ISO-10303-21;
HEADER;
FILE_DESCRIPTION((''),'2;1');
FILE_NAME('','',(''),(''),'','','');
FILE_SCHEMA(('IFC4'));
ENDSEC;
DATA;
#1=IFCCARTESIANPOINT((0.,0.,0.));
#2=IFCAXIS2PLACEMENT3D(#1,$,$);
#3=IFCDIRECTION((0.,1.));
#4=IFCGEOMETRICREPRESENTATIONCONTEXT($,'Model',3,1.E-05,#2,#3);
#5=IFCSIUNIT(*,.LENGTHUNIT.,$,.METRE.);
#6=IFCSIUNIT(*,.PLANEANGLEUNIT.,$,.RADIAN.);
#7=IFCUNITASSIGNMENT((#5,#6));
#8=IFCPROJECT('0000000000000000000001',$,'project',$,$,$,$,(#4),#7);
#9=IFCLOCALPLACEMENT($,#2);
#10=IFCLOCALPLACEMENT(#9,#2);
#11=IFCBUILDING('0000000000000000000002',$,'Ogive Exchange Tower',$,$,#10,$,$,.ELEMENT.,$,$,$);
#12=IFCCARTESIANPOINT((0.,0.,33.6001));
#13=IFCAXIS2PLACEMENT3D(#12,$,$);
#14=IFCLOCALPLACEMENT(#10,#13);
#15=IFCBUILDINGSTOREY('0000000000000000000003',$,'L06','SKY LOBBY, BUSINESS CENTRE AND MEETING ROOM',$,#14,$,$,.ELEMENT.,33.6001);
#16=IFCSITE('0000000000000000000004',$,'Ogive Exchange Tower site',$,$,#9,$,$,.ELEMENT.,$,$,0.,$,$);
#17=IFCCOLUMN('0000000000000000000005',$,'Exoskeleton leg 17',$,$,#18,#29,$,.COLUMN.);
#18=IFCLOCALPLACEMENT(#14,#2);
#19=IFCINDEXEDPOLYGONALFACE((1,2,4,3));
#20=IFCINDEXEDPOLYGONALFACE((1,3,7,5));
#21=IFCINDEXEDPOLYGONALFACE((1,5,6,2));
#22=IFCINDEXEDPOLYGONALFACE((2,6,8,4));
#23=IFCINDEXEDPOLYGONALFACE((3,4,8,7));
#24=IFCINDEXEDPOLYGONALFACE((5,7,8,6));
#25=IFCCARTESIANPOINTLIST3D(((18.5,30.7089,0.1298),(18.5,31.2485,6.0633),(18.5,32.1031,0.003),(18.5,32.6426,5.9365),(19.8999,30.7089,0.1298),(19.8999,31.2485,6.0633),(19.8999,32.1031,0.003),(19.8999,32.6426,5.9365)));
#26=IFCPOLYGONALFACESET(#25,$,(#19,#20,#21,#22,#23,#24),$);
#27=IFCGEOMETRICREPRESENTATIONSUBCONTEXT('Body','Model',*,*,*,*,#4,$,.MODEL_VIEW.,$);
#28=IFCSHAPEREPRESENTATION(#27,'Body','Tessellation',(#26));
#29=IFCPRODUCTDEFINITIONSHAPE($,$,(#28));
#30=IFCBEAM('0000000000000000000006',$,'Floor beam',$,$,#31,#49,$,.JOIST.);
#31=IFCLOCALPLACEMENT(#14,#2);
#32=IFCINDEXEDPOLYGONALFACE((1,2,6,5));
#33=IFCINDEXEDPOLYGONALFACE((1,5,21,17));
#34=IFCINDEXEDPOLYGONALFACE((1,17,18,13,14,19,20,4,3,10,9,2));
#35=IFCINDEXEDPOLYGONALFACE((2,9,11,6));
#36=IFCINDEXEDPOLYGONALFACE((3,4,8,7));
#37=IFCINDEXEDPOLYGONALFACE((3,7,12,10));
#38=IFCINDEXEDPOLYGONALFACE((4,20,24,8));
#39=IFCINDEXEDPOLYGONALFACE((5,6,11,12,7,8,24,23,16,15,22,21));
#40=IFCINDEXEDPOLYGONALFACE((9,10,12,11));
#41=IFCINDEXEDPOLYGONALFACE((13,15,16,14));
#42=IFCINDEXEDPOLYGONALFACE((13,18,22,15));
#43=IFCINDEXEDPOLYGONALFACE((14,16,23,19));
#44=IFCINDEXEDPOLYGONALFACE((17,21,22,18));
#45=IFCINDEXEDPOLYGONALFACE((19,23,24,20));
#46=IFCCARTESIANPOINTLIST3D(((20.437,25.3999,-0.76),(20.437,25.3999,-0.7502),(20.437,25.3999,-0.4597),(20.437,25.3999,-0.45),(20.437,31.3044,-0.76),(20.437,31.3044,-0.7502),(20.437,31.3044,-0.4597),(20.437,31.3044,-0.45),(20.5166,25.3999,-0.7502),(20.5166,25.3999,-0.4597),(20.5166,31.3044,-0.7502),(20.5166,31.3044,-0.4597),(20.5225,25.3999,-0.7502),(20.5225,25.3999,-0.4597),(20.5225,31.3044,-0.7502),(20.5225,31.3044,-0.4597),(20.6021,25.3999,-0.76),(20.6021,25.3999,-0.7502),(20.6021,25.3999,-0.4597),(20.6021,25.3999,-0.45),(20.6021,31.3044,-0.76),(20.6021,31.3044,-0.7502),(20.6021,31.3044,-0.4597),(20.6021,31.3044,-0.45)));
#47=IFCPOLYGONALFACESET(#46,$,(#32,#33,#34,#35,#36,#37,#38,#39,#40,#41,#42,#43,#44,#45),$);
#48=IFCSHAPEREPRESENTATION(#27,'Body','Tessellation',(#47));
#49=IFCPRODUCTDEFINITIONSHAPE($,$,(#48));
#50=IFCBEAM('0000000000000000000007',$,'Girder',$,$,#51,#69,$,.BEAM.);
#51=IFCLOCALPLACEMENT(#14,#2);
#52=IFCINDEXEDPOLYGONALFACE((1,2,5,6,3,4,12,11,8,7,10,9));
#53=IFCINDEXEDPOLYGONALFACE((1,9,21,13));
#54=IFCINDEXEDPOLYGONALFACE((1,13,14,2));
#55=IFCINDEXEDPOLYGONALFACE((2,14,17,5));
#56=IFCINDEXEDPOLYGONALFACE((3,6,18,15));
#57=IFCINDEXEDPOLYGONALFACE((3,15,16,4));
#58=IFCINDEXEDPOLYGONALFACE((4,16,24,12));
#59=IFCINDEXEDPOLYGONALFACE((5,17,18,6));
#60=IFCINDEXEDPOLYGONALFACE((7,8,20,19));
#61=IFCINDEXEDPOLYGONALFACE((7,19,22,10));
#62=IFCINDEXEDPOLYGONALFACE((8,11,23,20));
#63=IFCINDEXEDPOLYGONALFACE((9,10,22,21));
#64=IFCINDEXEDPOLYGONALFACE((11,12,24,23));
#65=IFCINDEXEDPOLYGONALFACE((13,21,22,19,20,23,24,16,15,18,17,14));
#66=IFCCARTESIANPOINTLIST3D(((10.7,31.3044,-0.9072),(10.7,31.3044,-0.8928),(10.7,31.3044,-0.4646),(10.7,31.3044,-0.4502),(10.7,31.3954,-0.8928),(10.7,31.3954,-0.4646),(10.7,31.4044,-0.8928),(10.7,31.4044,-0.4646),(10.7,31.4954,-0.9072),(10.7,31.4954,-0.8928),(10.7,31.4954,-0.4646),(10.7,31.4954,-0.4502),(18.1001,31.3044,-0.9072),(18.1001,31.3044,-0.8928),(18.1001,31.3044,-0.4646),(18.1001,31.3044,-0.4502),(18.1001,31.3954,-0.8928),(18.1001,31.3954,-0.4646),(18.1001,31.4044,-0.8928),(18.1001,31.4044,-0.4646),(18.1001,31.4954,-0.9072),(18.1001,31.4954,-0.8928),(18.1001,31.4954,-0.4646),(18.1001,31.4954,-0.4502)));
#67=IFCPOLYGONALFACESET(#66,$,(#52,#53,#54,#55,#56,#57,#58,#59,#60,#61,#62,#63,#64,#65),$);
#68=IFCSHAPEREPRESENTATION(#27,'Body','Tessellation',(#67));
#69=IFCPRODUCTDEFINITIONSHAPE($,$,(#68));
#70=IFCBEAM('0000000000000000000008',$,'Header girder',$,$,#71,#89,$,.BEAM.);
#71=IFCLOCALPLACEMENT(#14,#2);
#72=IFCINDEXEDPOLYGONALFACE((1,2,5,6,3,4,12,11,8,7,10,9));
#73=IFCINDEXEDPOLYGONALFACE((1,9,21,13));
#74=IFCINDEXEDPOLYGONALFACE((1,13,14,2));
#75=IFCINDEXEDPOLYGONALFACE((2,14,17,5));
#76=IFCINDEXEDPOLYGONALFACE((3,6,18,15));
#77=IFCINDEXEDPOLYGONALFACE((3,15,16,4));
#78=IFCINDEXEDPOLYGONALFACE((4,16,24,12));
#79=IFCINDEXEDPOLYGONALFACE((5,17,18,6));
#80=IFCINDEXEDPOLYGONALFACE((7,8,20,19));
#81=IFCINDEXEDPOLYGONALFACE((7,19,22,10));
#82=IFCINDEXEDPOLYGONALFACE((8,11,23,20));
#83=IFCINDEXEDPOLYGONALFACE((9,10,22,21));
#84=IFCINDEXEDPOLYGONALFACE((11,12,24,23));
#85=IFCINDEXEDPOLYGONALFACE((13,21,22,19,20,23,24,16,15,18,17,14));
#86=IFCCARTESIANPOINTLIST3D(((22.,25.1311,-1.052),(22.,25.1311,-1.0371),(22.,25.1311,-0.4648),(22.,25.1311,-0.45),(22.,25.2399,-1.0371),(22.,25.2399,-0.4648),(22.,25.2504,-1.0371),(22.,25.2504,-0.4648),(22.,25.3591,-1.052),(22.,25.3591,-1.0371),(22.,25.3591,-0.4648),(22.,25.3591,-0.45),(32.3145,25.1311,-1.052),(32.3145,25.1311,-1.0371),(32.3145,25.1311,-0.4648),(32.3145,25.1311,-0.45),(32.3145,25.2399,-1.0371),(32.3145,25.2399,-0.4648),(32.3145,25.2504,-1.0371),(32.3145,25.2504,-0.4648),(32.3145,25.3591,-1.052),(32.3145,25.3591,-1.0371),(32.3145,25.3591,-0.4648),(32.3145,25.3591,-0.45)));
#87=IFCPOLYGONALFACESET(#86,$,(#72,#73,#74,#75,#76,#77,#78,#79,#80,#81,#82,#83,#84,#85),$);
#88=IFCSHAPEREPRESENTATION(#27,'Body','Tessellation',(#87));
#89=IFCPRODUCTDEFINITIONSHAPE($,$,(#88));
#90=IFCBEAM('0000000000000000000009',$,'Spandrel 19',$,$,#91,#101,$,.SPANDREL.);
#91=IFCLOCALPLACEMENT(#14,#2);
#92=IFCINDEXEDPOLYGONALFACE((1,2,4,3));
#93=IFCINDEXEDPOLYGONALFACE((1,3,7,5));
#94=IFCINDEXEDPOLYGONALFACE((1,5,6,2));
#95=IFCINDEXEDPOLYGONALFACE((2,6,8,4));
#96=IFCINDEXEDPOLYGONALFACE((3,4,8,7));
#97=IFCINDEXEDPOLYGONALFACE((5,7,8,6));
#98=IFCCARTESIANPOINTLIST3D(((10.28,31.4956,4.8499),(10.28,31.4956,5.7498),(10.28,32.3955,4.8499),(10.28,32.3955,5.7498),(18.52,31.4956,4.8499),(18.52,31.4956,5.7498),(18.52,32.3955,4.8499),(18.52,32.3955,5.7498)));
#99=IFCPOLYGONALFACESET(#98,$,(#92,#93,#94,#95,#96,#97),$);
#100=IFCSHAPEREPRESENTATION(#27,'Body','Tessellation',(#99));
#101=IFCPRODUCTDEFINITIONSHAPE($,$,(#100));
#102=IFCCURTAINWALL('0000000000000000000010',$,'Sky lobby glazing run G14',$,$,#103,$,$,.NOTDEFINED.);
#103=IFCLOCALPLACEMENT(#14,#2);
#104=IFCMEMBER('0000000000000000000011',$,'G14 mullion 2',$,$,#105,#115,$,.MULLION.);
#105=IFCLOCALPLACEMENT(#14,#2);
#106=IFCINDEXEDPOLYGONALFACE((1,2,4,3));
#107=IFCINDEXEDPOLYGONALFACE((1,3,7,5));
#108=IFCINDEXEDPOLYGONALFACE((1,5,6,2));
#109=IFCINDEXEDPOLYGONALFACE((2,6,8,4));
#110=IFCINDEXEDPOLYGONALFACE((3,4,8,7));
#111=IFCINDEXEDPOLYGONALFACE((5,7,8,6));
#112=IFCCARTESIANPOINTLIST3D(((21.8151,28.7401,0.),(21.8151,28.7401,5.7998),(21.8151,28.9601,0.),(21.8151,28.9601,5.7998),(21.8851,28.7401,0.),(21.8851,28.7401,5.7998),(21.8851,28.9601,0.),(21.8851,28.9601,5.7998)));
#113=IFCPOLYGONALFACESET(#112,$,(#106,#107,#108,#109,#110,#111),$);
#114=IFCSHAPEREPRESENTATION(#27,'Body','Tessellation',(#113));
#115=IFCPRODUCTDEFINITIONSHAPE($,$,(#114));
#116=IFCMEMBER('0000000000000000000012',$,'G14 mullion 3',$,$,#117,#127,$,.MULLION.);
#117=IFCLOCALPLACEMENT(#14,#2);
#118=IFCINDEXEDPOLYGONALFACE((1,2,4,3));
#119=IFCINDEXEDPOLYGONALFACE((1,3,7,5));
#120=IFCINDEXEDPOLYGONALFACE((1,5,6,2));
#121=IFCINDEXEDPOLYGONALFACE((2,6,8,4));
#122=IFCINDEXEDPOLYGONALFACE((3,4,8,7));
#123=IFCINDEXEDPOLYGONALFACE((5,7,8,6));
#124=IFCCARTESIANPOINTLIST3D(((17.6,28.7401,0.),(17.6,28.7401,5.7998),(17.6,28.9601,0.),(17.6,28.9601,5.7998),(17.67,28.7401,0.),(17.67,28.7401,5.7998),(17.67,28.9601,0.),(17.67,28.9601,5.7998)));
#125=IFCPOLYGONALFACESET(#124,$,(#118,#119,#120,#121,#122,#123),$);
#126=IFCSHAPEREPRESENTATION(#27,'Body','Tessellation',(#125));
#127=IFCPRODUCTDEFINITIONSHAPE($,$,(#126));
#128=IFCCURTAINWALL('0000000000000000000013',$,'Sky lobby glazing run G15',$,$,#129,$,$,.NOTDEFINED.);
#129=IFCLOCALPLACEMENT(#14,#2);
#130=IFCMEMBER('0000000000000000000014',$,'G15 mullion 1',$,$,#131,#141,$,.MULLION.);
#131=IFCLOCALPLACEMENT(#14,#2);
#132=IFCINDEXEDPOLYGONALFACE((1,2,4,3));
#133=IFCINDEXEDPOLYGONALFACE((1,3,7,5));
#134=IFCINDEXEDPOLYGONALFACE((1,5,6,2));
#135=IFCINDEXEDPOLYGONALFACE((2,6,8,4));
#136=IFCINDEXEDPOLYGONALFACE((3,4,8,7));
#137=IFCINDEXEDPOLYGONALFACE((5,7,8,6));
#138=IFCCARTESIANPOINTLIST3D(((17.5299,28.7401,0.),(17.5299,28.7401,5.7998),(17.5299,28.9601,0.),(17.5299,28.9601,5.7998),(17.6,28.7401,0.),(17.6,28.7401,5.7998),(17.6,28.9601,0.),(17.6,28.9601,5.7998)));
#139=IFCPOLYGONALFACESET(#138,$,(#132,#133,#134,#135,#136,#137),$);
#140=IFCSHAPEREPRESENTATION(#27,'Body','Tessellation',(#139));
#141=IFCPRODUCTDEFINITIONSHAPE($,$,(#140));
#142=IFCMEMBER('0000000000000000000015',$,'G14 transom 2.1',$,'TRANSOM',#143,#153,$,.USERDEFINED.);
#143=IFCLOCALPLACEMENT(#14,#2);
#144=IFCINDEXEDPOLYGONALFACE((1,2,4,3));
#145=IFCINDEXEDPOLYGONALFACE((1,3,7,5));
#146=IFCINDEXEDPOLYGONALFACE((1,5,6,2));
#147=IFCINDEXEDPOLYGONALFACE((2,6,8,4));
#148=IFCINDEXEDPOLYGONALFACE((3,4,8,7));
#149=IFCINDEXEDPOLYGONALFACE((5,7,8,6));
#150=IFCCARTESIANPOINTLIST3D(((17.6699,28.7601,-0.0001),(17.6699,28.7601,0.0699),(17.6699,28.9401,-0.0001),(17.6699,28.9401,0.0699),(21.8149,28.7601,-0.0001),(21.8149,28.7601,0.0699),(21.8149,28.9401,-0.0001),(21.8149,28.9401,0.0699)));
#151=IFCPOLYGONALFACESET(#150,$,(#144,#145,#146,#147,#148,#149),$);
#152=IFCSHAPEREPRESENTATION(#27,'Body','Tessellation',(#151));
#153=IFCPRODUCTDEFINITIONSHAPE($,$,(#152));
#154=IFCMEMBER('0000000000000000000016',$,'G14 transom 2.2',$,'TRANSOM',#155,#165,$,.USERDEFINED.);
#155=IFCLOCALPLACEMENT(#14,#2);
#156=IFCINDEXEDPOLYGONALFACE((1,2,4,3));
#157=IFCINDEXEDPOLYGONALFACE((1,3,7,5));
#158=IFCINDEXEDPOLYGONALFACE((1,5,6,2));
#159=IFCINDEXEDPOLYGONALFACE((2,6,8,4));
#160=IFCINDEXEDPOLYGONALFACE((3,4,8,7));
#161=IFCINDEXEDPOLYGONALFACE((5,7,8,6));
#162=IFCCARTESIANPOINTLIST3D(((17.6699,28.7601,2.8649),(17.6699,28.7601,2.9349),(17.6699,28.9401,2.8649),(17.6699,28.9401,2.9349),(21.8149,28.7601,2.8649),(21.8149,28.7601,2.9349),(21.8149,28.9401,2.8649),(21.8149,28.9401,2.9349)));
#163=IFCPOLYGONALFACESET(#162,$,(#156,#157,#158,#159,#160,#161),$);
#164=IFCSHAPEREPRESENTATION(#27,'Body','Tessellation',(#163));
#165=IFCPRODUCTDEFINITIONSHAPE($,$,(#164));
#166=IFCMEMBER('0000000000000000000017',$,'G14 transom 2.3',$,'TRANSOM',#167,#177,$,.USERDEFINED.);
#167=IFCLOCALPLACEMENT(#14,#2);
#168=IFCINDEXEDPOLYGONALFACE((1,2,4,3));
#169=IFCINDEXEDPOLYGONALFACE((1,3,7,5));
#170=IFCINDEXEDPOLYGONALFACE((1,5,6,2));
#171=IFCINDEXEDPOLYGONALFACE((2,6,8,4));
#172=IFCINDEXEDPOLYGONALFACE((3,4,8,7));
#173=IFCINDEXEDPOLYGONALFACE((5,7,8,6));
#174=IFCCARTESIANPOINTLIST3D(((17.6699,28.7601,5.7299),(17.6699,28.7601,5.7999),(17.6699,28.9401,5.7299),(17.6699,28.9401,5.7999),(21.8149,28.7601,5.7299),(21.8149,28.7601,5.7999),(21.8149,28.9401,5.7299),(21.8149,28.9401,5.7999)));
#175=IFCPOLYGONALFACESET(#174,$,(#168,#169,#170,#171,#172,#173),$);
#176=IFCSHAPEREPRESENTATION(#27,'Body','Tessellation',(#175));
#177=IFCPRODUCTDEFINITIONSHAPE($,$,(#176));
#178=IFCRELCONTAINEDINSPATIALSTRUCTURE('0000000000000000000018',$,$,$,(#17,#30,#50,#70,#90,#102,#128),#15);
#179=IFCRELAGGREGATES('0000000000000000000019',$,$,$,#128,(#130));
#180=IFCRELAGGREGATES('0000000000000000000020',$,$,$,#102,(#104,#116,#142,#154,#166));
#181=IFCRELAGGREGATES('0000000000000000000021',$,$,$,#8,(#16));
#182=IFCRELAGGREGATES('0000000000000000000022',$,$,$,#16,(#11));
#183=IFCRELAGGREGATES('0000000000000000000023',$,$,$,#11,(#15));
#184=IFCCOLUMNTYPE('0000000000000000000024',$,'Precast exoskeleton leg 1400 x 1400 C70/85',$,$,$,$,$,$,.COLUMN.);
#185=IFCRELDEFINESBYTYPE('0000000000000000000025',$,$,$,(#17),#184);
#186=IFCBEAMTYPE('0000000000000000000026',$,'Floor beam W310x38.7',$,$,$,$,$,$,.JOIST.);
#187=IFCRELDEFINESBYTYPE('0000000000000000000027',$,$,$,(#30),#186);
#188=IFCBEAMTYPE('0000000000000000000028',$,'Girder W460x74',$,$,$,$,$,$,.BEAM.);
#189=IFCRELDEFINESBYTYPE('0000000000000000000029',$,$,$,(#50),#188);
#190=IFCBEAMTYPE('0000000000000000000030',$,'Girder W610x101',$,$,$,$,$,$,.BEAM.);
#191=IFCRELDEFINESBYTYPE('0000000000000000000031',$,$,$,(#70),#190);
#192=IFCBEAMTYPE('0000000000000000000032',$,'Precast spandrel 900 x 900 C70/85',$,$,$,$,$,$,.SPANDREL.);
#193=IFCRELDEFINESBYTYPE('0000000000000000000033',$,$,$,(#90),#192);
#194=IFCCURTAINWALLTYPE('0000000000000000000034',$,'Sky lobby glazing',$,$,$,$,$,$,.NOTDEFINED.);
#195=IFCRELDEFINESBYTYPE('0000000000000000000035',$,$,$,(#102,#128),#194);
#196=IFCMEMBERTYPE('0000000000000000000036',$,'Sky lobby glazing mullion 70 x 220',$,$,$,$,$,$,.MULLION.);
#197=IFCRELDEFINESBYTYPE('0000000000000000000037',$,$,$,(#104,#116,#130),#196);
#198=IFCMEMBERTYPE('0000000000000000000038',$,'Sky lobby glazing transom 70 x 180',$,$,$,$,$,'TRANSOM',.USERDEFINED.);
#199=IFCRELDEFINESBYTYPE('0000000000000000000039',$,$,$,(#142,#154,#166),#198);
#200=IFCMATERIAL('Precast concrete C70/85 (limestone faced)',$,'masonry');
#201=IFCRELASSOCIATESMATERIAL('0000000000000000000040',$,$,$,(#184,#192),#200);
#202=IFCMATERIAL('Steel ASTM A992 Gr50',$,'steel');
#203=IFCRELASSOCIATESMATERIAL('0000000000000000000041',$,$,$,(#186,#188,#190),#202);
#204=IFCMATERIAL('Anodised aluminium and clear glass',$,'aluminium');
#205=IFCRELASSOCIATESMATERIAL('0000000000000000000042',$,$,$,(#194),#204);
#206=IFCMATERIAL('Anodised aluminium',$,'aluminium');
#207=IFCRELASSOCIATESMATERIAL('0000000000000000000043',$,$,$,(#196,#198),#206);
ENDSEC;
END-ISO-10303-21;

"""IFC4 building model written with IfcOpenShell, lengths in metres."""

from ifc_helpers import new_model, si_unit, direction, frame, origin, origin_2d, place, context, subcontext, project, spatial, rectangle, i_section, extrude, material, material_profile, profile_set, type_object, element, aggregate, save


model = new_model("IFC4")

# Units and contexts
model_context = context("Model", 3, precision=1e-05, world=origin(), true_north=direction((0.0, 1.0)))
body_context = subcontext(model_context, "Body", "Model", "MODEL_VIEW")
ifc_project = project(units=[si_unit("LENGTHUNIT", "METRE"), si_unit("PLANEANGLEUNIT", "RADIAN")], contexts=[model_context])

# Site, building, storey
site_placement = place(None, origin())
site = spatial("IfcSite", under=ifc_project, at=site_placement, Name="Ogive Exchange Tower site", CompositionType="ELEMENT", RefElevation=0.0)
building_placement = place(site_placement, origin())
building = spatial("IfcBuilding", under=site, at=building_placement, Name="Ogive Exchange Tower", CompositionType="ELEMENT")
storey_placement = place(building_placement, frame((0.0, 0.0, 33.6001)))
storey = spatial("IfcBuildingStorey", under=building, at=storey_placement, Name="L06", Description="SKY LOBBY, BUSINESS CENTRE AND MEETING ROOM", CompositionType="ELEMENT", Elevation=33.6001)

# Column
ifc_material_1 = material(Name="Precast concrete C70/85 (limestone faced)", Category="masonry")
ifc_material_profile_1 = material_profile(ifc_material_1, rectangle(XDim=1.3999, YDim=1.3999, at=origin_2d()), Name="1400 x 1400")
ifc_profile_set_1 = profile_set([ifc_material_profile_1], Name="Precast concrete C70/85 (limestone faced)")
column_type = type_object("IfcColumnType", Name="Precast exoskeleton leg 1400 x 1400 C70/85", PredefinedType="COLUMN", material=ifc_profile_set_1)
column_placement = place(storey_placement, frame((19.2, 31.406, 0.0664), z_axis=(0.0, 0.090558, 0.995891), x_axis=(-1.0, 0.0, 0.0)))
element("IfcColumn", 1, at=column_placement, inside=storey, type_object=column_type, Name="Exoskeleton leg 17", PredefinedType="COLUMN", context=body_context, shape_type="SweptSolid", body=[
    extrude(rectangle(XDim=1.3999, YDim=1.3999, at=origin_2d()), origin(), (0.0, 0.0, 1.0), 5.958),
])

# Beams
ifc_material_2 = material(Name="Steel ASTM A992 Gr50", Category="steel")
ifc_material_profile_2 = material_profile(ifc_material_2, i_section(OverallWidth=0.165, OverallDepth=0.3101, WebThickness=0.0059, FlangeThickness=0.0098, at=origin_2d()), Name="W310x38.7")
ifc_profile_set_2 = profile_set([ifc_material_profile_2], Name="Steel ASTM A992 Gr50")
beam_type_1 = type_object("IfcBeamType", Name="Floor beam W310x38.7", PredefinedType="JOIST", material=ifc_profile_set_2)
beam_1_placement = place(storey_placement, frame((20.5195, 25.3999, -0.605), z_axis=(0.0, 1.0, 0.0), x_axis=(-1.0, 0.0, 0.0)))
element("IfcBeam", 2, at=beam_1_placement, inside=storey, type_object=beam_type_1, Name="Floor beam", PredefinedType="JOIST", context=body_context, shape_type="SweptSolid", body=[
    extrude(i_section(OverallWidth=0.165, OverallDepth=0.3101, WebThickness=0.0059, FlangeThickness=0.0098, at=origin_2d()), origin(), (0.0, 0.0, 1.0), 5.9045),
])
ifc_material_profile_3 = material_profile(ifc_material_2, i_section(OverallWidth=0.1909, OverallDepth=0.457, WebThickness=0.009, FlangeThickness=0.0144, at=origin_2d()), Name="W460x74")
ifc_profile_set_3 = profile_set([ifc_material_profile_3], Name="Steel ASTM A992 Gr50")
beam_type_2 = type_object("IfcBeamType", Name="Girder W460x74", PredefinedType="BEAM", material=ifc_profile_set_3)
beam_2_placement = place(storey_placement, frame((18.1001, 31.3999, -0.6787), z_axis=(-1.0, 0.0, 0.0), x_axis=(0.0, -1.0, 0.0)))
element("IfcBeam", 3, at=beam_2_placement, inside=storey, type_object=beam_type_2, Name="Girder", PredefinedType="BEAM", context=body_context, shape_type="SweptSolid", body=[
    extrude(i_section(OverallWidth=0.1909, OverallDepth=0.457, WebThickness=0.009, FlangeThickness=0.0144, at=origin_2d()), origin(), (0.0, 0.0, 1.0), 7.4001),
])
ifc_material_profile_4 = material_profile(ifc_material_2, i_section(OverallWidth=0.228, OverallDepth=0.6021, WebThickness=0.0105, FlangeThickness=0.0149, at=origin_2d()), Name="W610x101")
ifc_profile_set_4 = profile_set([ifc_material_profile_4], Name="Steel ASTM A992 Gr50")
beam_type_3 = type_object("IfcBeamType", Name="Girder W610x101", PredefinedType="BEAM", material=ifc_profile_set_4)
beam_3_placement = place(storey_placement, frame((22.0, 25.2451, -0.751), z_axis=(1.0, 0.0, 0.0), x_axis=(0.0, 1.0, 0.0)))
element("IfcBeam", 4, at=beam_3_placement, inside=storey, type_object=beam_type_3, Name="Header girder", PredefinedType="BEAM", context=body_context, shape_type="SweptSolid", body=[
    extrude(i_section(OverallWidth=0.228, OverallDepth=0.6021, WebThickness=0.0105, FlangeThickness=0.0149, at=origin_2d()), origin(), (0.0, 0.0, 1.0), 10.3145),
])
ifc_material_profile_5 = material_profile(ifc_material_1, rectangle(XDim=0.8999, YDim=0.8999, at=origin_2d()), Name="900 x 900")
ifc_profile_set_5 = profile_set([ifc_material_profile_5], Name="Precast concrete C70/85 (limestone faced)")
beam_type_4 = type_object("IfcBeamType", Name="Precast spandrel 900 x 900 C70/85", PredefinedType="SPANDREL", material=ifc_profile_set_5)
beam_4_placement = place(storey_placement, frame((18.52, 31.9456, 5.2998), z_axis=(-1.0, 0.0, 0.0), x_axis=(0.0, -1.0, 0.0)))
element("IfcBeam", 5, at=beam_4_placement, inside=storey, type_object=beam_type_4, Name="Spandrel 19", PredefinedType="SPANDREL", context=body_context, shape_type="SweptSolid", body=[
    extrude(rectangle(XDim=0.8999, YDim=0.8999, at=origin_2d()), origin(), (0.0, 0.0, 1.0), 8.24),
])

# Curtain wall, members
ifc_material_3 = material(Name="Anodised aluminium and clear glass", Category="aluminium")
curtain_wall_type = type_object("IfcCurtainWallType", Name="Sky lobby glazing", PredefinedType="NOTDEFINED", material=ifc_material_3)
curtain_wall_1_placement = place(storey_placement, origin())
curtain_wall_1 = element("IfcCurtainWall", 6, at=curtain_wall_1_placement, inside=storey, type_object=curtain_wall_type, Name="Sky lobby glazing run G14", PredefinedType="NOTDEFINED")
ifc_material_4 = material(Name="Anodised aluminium", Category="aluminium")
ifc_material_profile_6 = material_profile(ifc_material_4, rectangle(XDim=0.22, YDim=0.0701, at=origin_2d()), Name="AL 70x220")
ifc_profile_set_6 = profile_set([ifc_material_profile_6], Name="Anodised aluminium")
member_type_1 = type_object("IfcMemberType", Name="Sky lobby glazing mullion 70 x 220", PredefinedType="MULLION", material=ifc_profile_set_6)
member_1_placement = place(storey_placement, frame((21.8501, 28.8501, 0.0), z_axis=(0.0, 0.0, 1.0), x_axis=(0.0, -1.0, 0.0)))
member_1 = element("IfcMember", 7, at=member_1_placement, type_object=member_type_1, Name="G14 mullion 2", PredefinedType="MULLION", context=body_context, shape_type="SweptSolid", body=[
    extrude(rectangle(XDim=0.22, YDim=0.0701, at=origin_2d()), origin(), (0.0, 0.0, 1.0), 5.7998),
])
member_2_placement = place(storey_placement, frame((17.635, 28.8501, 0.0), z_axis=(0.0, 0.0, 1.0), x_axis=(0.0, -1.0, 0.0)))
member_2 = element("IfcMember", 8, at=member_2_placement, type_object=member_type_1, Name="G14 mullion 3", PredefinedType="MULLION", context=body_context, shape_type="SweptSolid", body=[
    extrude(rectangle(XDim=0.22, YDim=0.0701, at=origin_2d()), origin(), (0.0, 0.0, 1.0), 5.7998),
])

# Curtain wall, member
curtain_wall_2_placement = place(storey_placement, origin())
curtain_wall_2 = element("IfcCurtainWall", 9, at=curtain_wall_2_placement, inside=storey, type_object=curtain_wall_type, Name="Sky lobby glazing run G15", PredefinedType="NOTDEFINED")
member_3_placement = place(storey_placement, frame((17.5649, 28.8501, 0.0), z_axis=(0.0, 0.0, 1.0), x_axis=(0.0, -1.0, 0.0)))
member_3 = element("IfcMember", 10, at=member_3_placement, type_object=member_type_1, Name="G15 mullion 1", PredefinedType="MULLION", context=body_context, shape_type="SweptSolid", body=[
    extrude(rectangle(XDim=0.22, YDim=0.0701, at=origin_2d()), origin(), (0.0, 0.0, 1.0), 5.7998),
])

# Members
ifc_material_profile_7 = material_profile(ifc_material_4, rectangle(XDim=0.1799, YDim=0.0701, at=origin_2d()), Name="AL 70x180")
ifc_profile_set_7 = profile_set([ifc_material_profile_7], Name="Anodised aluminium")
member_type_2 = type_object("IfcMemberType", Name="Sky lobby glazing transom 70 x 180", ElementType="TRANSOM", PredefinedType="USERDEFINED", material=ifc_profile_set_7)
member_4_placement = place(storey_placement, frame((21.8149, 28.8501, 0.0349), z_axis=(-1.0, 0.0, 0.0), x_axis=(0.0, -1.0, 0.0)))
member_4 = element("IfcMember", 11, at=member_4_placement, type_object=member_type_2, Name="G14 transom 2.1", ObjectType="TRANSOM", PredefinedType="USERDEFINED", context=body_context, shape_type="SweptSolid", body=[
    extrude(rectangle(XDim=0.1799, YDim=0.0701, at=origin_2d()), origin(), (0.0, 0.0, 1.0), 4.145),
])
member_5_placement = place(storey_placement, frame((21.8149, 28.8501, 2.8999), z_axis=(-1.0, 0.0, 0.0), x_axis=(0.0, -1.0, 0.0)))
member_5 = element("IfcMember", 12, at=member_5_placement, type_object=member_type_2, Name="G14 transom 2.2", ObjectType="TRANSOM", PredefinedType="USERDEFINED", context=body_context, shape_type="SweptSolid", body=[
    extrude(rectangle(XDim=0.1799, YDim=0.0701, at=origin_2d()), origin(), (0.0, 0.0, 1.0), 4.145),
])
member_6_placement = place(storey_placement, frame((21.8149, 28.8501, 5.7649), z_axis=(-1.0, 0.0, 0.0), x_axis=(0.0, -1.0, 0.0)))
member_6 = element("IfcMember", 13, at=member_6_placement, type_object=member_type_2, Name="G14 transom 2.3", ObjectType="TRANSOM", PredefinedType="USERDEFINED", context=body_context, shape_type="SweptSolid", body=[
    extrude(rectangle(XDim=0.1799, YDim=0.0701, at=origin_2d()), origin(), (0.0, 0.0, 1.0), 4.145),
])
aggregate(curtain_wall_2, [member_3])

aggregate(curtain_wall_1, [member_1, member_2, member_4, member_5, member_6])

save(model, "model.ifc")
